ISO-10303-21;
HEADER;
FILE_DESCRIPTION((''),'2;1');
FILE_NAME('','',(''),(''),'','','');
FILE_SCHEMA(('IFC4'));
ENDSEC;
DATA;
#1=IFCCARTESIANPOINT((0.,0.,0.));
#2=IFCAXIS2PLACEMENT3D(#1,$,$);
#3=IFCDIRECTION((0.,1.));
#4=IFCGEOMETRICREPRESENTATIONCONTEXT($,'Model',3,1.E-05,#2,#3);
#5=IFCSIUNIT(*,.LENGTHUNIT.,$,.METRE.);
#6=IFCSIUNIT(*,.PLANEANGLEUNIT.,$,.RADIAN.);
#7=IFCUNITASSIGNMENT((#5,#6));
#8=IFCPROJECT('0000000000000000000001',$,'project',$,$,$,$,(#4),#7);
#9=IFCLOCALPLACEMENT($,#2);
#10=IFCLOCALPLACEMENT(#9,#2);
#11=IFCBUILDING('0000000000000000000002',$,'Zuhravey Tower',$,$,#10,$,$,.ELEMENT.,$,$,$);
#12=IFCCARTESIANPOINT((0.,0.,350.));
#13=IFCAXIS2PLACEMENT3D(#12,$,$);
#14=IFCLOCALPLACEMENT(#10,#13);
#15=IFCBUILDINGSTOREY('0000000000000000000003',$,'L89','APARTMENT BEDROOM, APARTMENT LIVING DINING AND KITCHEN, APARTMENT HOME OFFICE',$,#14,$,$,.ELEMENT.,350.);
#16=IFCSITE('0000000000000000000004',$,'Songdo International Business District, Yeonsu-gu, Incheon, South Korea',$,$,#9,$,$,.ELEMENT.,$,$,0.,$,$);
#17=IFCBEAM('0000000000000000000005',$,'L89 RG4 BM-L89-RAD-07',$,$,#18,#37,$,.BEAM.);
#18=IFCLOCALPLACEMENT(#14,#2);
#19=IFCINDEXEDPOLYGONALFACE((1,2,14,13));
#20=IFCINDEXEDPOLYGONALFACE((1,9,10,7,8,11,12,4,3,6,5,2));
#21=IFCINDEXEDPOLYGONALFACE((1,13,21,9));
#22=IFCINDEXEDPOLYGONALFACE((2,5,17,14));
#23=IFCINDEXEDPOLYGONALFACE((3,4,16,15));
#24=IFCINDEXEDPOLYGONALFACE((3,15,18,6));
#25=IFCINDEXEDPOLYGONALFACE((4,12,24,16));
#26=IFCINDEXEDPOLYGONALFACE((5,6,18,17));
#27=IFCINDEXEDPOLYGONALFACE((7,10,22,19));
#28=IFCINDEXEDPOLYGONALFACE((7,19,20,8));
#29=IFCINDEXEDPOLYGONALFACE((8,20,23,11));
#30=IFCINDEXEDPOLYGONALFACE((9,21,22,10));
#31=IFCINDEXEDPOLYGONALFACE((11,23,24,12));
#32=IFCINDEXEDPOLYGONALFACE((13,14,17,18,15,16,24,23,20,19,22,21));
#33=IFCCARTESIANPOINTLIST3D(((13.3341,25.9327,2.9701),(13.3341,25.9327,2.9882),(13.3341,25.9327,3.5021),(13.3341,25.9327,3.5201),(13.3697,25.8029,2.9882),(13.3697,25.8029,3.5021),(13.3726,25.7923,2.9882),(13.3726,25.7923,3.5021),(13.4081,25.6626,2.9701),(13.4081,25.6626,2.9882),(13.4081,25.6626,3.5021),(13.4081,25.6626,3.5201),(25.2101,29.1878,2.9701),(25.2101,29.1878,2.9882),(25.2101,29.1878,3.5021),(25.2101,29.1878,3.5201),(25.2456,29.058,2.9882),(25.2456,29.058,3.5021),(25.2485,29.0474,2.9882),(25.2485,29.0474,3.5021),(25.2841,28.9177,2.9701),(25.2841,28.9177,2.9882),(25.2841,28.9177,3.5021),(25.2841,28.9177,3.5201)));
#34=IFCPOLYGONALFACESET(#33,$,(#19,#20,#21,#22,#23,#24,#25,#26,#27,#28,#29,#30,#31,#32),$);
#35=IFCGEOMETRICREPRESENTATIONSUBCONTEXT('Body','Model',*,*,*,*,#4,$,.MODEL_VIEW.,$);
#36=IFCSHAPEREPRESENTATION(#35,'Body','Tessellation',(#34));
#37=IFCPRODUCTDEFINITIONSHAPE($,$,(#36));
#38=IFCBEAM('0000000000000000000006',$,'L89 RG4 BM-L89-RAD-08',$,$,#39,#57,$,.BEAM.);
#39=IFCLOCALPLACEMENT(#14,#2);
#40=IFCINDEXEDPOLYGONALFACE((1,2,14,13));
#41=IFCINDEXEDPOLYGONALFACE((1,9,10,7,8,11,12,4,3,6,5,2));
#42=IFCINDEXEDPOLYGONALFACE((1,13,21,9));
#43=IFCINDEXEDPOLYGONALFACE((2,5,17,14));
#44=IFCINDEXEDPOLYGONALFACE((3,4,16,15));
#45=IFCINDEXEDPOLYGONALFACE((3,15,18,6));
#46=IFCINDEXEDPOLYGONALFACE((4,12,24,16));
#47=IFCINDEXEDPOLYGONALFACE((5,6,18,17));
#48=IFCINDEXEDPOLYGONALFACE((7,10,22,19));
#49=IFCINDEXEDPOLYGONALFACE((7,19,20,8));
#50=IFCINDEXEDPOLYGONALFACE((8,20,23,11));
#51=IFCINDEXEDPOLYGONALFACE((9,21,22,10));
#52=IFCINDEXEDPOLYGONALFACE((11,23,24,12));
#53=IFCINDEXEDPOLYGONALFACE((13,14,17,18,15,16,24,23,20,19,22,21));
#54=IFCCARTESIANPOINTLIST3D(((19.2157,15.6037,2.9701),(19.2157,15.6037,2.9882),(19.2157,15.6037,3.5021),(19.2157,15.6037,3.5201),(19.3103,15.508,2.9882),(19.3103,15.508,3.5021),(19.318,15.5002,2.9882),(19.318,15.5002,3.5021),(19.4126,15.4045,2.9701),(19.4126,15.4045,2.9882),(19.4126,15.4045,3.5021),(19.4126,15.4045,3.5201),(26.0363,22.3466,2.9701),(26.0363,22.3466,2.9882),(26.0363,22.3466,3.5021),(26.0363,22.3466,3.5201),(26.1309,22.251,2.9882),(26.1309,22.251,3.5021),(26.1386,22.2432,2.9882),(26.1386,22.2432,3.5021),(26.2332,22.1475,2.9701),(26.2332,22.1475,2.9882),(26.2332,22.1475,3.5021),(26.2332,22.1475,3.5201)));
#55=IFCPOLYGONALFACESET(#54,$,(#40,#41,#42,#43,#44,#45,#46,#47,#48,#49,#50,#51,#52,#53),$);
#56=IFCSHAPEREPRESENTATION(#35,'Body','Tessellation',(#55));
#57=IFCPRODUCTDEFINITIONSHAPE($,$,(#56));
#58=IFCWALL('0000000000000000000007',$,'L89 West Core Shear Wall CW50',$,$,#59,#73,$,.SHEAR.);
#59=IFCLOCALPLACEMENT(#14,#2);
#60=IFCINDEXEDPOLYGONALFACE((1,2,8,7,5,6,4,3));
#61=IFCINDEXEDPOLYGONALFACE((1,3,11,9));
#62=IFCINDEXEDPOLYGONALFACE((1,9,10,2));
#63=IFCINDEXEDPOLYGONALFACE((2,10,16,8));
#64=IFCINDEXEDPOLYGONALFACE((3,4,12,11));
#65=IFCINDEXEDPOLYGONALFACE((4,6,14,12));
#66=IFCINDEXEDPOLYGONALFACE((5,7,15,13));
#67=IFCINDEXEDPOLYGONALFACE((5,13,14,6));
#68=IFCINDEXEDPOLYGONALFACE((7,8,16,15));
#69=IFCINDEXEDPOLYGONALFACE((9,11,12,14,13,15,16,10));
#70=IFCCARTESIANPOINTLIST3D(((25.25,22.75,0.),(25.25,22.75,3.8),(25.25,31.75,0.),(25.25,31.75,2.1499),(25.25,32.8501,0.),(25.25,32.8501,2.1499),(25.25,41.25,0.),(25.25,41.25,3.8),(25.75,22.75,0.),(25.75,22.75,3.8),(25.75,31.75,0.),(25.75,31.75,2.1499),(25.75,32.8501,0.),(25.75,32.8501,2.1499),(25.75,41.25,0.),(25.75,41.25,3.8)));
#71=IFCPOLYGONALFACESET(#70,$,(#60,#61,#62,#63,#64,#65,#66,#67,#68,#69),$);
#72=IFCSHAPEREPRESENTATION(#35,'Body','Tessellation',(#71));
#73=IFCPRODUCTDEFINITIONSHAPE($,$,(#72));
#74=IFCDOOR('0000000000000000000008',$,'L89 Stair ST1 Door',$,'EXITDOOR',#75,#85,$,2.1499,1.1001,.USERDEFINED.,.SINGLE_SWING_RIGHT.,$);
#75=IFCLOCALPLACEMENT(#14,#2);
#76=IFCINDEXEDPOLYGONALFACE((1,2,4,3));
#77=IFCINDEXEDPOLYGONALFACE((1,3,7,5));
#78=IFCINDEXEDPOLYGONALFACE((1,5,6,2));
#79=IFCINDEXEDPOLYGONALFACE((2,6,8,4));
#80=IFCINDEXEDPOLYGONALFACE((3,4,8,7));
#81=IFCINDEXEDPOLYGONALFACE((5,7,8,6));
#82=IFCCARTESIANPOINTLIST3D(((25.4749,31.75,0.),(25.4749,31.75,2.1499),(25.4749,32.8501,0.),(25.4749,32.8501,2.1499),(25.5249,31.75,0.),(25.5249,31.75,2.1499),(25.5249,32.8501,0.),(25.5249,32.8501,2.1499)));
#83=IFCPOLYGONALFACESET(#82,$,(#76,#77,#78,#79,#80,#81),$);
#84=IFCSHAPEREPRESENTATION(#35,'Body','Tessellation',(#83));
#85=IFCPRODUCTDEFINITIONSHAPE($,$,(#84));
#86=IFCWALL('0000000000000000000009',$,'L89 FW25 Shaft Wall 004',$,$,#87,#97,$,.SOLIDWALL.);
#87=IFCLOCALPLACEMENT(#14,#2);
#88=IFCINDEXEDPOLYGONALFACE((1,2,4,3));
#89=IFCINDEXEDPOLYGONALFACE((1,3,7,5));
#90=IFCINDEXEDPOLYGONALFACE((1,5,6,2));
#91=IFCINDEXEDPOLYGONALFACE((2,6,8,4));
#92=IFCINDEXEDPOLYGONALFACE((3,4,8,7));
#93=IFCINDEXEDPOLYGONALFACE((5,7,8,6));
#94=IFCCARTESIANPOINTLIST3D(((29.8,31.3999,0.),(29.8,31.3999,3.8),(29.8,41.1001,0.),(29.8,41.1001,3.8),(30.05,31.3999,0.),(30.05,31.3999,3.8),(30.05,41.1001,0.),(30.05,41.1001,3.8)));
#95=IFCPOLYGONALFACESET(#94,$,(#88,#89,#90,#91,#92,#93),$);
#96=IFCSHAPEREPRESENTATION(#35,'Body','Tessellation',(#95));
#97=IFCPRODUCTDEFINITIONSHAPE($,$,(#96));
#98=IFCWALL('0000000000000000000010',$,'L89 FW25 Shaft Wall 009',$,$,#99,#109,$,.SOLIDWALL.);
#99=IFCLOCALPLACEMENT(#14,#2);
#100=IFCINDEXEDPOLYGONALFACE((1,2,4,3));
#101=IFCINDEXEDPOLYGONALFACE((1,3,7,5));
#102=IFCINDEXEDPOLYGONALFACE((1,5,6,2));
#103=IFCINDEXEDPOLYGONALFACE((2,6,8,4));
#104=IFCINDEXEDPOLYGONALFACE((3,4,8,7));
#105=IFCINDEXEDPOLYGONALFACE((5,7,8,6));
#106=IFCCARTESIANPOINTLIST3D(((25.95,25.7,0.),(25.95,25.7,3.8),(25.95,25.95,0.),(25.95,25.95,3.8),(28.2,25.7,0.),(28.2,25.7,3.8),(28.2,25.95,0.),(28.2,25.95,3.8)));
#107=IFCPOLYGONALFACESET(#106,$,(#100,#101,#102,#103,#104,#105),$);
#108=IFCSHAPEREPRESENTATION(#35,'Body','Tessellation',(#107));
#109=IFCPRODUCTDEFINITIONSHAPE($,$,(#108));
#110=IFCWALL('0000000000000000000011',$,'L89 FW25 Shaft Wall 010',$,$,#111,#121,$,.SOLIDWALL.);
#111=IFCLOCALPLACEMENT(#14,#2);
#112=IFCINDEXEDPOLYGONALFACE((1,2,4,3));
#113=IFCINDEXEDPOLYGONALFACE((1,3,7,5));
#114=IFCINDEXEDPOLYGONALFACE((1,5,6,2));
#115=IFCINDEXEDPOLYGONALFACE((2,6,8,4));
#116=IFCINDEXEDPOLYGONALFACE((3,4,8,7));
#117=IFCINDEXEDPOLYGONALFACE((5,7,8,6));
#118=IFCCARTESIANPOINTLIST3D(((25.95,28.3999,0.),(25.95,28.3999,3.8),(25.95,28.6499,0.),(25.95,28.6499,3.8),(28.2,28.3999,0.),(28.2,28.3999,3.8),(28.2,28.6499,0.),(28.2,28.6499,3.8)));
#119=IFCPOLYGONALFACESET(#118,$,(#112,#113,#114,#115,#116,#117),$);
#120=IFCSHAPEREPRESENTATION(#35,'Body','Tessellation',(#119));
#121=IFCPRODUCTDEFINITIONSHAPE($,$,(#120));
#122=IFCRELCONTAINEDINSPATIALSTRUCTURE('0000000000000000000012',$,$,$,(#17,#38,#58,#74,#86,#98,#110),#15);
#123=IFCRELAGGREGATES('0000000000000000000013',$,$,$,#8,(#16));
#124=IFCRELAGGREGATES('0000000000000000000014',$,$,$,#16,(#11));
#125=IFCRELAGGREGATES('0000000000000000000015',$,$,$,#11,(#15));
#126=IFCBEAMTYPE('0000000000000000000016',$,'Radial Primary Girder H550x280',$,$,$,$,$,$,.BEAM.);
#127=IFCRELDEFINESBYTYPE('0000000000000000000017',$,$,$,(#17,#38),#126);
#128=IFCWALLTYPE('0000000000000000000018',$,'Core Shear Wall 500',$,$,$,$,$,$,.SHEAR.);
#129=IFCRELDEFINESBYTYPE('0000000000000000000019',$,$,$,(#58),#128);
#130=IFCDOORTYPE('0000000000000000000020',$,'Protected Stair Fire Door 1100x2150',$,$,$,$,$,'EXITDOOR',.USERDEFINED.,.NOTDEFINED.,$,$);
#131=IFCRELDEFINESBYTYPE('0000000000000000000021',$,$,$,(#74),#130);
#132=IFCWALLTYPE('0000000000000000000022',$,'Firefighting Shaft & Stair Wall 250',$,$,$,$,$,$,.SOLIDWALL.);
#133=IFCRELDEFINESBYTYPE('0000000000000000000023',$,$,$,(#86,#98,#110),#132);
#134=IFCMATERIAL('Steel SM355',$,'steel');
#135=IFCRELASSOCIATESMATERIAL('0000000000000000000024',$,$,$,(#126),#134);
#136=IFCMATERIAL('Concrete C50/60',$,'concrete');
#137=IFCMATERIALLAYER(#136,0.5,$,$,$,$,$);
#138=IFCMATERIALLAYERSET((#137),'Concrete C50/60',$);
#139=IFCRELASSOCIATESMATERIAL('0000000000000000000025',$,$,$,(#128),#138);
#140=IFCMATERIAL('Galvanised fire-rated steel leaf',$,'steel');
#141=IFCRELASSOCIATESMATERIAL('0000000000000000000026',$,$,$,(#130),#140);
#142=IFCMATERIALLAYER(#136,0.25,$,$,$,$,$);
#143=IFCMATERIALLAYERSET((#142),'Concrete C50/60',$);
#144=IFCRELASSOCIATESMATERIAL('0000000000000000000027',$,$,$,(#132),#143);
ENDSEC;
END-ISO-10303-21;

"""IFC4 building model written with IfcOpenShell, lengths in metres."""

from ifc_helpers import new_model, si_unit, direction, frame, frame_2d, origin, origin_2d, place, context, subcontext, project, spatial, rectangle, i_section, extrude, material, layer, layer_set, material_profile, profile_set, type_object, element, fill, save


model = new_model("IFC4")

# Units and contexts
model_context = context("Model", 3, precision=1e-05, world=origin(), true_north=direction((0.0, 1.0)))
body_context = subcontext(model_context, "Body", "Model", "MODEL_VIEW")
ifc_project = project(units=[si_unit("LENGTHUNIT", "METRE"), si_unit("PLANEANGLEUNIT", "RADIAN")], contexts=[model_context])

# Site, building, storey
site_placement = place(None, origin())
site = spatial("IfcSite", under=ifc_project, at=site_placement, Name="Songdo International Business District, Yeonsu-gu, Incheon, South Korea", CompositionType="ELEMENT", RefElevation=0.0)
building_placement = place(site_placement, origin())
building = spatial("IfcBuilding", under=site, at=building_placement, Name="Zuhravey Tower", CompositionType="ELEMENT")
storey_placement = place(building_placement, frame((0.0, 0.0, 350.0)))
storey = spatial("IfcBuildingStorey", under=building, at=storey_placement, Name="L89", Description="APARTMENT BEDROOM, APARTMENT LIVING DINING AND KITCHEN, APARTMENT HOME OFFICE", CompositionType="ELEMENT", Elevation=350.0)

# Beams
ifc_material_1 = material(Name="Steel SM355", Category="steel")
ifc_material_profile = material_profile(ifc_material_1, i_section(OverallWidth=0.28, OverallDepth=0.55, WebThickness=0.011, FlangeThickness=0.0181, at=origin_2d()), Name="H-550x280x11x18")
ifc_profile_set = profile_set([ifc_material_profile], Name="Steel SM355")
beam_type = type_object("IfcBeamType", Name="Radial Primary Girder H550x280", PredefinedType="BEAM", material=ifc_profile_set)
beam_1_placement = place(storey_placement, frame((25.2471, 29.0527, 3.2451), z_axis=(-0.964429, -0.264344, 0.0), x_axis=(0.264344, -0.964429, 0.0)))
element("IfcBeam", 1, at=beam_1_placement, inside=storey, type_object=beam_type, Name="L89 RG4 BM-L89-RAD-07", PredefinedType="BEAM", context=body_context, shape_type="SweptSolid", body=[
    extrude(i_section(OverallWidth=0.28, OverallDepth=0.55, WebThickness=0.011, FlangeThickness=0.0181, at=origin_2d()), origin(), (0.0, 0.0, 1.0), 12.314),
])
beam_2_placement = place(storey_placement, frame((26.1348, 22.2471, 3.2451), z_axis=(-0.711143, -0.703048, 0.0), x_axis=(0.703048, -0.711143, 0.0)))
element("IfcBeam", 2, at=beam_2_placement, inside=storey, type_object=beam_type, Name="L89 RG4 BM-L89-RAD-08", PredefinedType="BEAM", context=body_context, shape_type="SweptSolid", body=[
    extrude(i_section(OverallWidth=0.28, OverallDepth=0.55, WebThickness=0.011, FlangeThickness=0.0181, at=origin_2d()), origin(), (0.0, 0.0, 1.0), 9.5911),
])

# Wall, opening, door
ifc_material_2 = material(Name="Concrete C50/60", Category="concrete")
ifc_layer_1 = layer(ifc_material_2, 0.5)
ifc_layer_set_1 = layer_set([ifc_layer_1], Name="Concrete C50/60")
wall_type_1 = type_object("IfcWallType", Name="Core Shear Wall 500", PredefinedType="SHEAR", material=ifc_layer_set_1)
ifc_material_3 = material(Name="Galvanised fire-rated steel leaf", Category="steel")
wall_1_placement = place(storey_placement, frame((25.5, 22.75, 0.0), z_axis=(0.0, 0.0, 1.0), x_axis=(0.0, 1.0, 0.0)))
wall_1 = element("IfcWall", 3, at=wall_1_placement, inside=storey, type_object=wall_type_1, Name="L89 West Core Shear Wall CW50", PredefinedType="SHEAR", context=body_context, shape_type="SweptSolid", body=[
    extrude(rectangle(XDim=18.5, YDim=0.5, at=frame_2d((9.25, 0.0))), origin(), (0.0, 0.0, 1.0), 3.8),
])
opening_1_placement = place(wall_1_placement, frame((9.0, 0.0, 0.0)))
opening_1 = element("IfcOpeningElement", 4, at=opening_1_placement, cuts=wall_1, PredefinedType="OPENING", context=body_context, shape_type="SweptSolid", body=[
    extrude(rectangle(XDim=1.1001, YDim=2.1499, at=frame_2d((0.55, 1.075))), frame((0.0, 0.262, 0.0), z_axis=(0.0, -1.0, 0.0), x_axis=(1.0, 0.0, 0.0)), (0.0, 0.0, 1.0), 0.5239),
])
door_type_1 = type_object("IfcDoorType", Name="Protected Stair Fire Door 1100x2150", ElementType="EXITDOOR", OperationType="NOTDEFINED", PredefinedType="USERDEFINED", material=ifc_material_3)
door_1_placement = place(opening_1_placement, frame((1.1001, 0.0, 0.0), z_axis=(0.0, 0.0, 1.0), x_axis=(-1.0, 0.0, 0.0)))
door_1 = element("IfcDoor", 5, at=door_1_placement, inside=storey, type_object=door_type_1, Name="L89 Stair ST1 Door", ObjectType="EXITDOOR", OperationType="SINGLE_SWING_RIGHT", OverallHeight=2.1499, OverallWidth=1.1001, PredefinedType="USERDEFINED", context=body_context, shape_type="SweptSolid", body=[
    extrude(rectangle(XDim=1.1001, YDim=2.1499, at=frame_2d((0.55, 1.075))), frame((0.0, 0.0249, 0.0), z_axis=(0.0, -1.0, 0.0), x_axis=(1.0, 0.0, 0.0)), (0.0, 0.0, 1.0), 0.05),
])
fill(opening_1, door_1)

# Shared definitions
ifc_layer_2 = layer(ifc_material_2, 0.25)
ifc_layer_set_2 = layer_set([ifc_layer_2], Name="Concrete C50/60")
wall_type_2 = type_object("IfcWallType", Name="Firefighting Shaft & Stair Wall 250", PredefinedType="SOLIDWALL", material=ifc_layer_set_2)

# Walls
wall_2_placement = place(storey_placement, frame((29.925, 31.3999, 0.0), z_axis=(0.0, 0.0, 1.0), x_axis=(0.0, 1.0, 0.0)))
element("IfcWall", 6, at=wall_2_placement, inside=storey, type_object=wall_type_2, Name="L89 FW25 Shaft Wall 004", PredefinedType="SOLIDWALL", context=body_context, shape_type="SweptSolid", body=[
    extrude(rectangle(XDim=9.7002, YDim=0.25, at=frame_2d((4.8501, 0.0))), origin(), (0.0, 0.0, 1.0), 3.8),
])
for number, where, z_axis, x_axis, name in (
    (7, (25.95, 25.825, 0.0), (0.0, 0.0, 1.0), (1.0, 0.0, 0.0), "L89 FW25 Shaft Wall 009"),
    (8, (25.95, 28.5249, 0.0), (0.0, 0.0, 1.0), (1.0, 0.0, 0.0), "L89 FW25 Shaft Wall 010"),
):
    element("IfcWall", number, at=place(storey_placement, frame(where, z_axis=z_axis, x_axis=x_axis)), inside=storey, type_object=wall_type_2, Name=name, PredefinedType="SOLIDWALL", context=body_context, shape_type="SweptSolid", body=[
        extrude(rectangle(XDim=2.25, YDim=0.25, at=frame_2d((1.125, 0.0))), origin(), (0.0, 0.0, 1.0), 3.8),
    ])

save(model, "model.ifc")
